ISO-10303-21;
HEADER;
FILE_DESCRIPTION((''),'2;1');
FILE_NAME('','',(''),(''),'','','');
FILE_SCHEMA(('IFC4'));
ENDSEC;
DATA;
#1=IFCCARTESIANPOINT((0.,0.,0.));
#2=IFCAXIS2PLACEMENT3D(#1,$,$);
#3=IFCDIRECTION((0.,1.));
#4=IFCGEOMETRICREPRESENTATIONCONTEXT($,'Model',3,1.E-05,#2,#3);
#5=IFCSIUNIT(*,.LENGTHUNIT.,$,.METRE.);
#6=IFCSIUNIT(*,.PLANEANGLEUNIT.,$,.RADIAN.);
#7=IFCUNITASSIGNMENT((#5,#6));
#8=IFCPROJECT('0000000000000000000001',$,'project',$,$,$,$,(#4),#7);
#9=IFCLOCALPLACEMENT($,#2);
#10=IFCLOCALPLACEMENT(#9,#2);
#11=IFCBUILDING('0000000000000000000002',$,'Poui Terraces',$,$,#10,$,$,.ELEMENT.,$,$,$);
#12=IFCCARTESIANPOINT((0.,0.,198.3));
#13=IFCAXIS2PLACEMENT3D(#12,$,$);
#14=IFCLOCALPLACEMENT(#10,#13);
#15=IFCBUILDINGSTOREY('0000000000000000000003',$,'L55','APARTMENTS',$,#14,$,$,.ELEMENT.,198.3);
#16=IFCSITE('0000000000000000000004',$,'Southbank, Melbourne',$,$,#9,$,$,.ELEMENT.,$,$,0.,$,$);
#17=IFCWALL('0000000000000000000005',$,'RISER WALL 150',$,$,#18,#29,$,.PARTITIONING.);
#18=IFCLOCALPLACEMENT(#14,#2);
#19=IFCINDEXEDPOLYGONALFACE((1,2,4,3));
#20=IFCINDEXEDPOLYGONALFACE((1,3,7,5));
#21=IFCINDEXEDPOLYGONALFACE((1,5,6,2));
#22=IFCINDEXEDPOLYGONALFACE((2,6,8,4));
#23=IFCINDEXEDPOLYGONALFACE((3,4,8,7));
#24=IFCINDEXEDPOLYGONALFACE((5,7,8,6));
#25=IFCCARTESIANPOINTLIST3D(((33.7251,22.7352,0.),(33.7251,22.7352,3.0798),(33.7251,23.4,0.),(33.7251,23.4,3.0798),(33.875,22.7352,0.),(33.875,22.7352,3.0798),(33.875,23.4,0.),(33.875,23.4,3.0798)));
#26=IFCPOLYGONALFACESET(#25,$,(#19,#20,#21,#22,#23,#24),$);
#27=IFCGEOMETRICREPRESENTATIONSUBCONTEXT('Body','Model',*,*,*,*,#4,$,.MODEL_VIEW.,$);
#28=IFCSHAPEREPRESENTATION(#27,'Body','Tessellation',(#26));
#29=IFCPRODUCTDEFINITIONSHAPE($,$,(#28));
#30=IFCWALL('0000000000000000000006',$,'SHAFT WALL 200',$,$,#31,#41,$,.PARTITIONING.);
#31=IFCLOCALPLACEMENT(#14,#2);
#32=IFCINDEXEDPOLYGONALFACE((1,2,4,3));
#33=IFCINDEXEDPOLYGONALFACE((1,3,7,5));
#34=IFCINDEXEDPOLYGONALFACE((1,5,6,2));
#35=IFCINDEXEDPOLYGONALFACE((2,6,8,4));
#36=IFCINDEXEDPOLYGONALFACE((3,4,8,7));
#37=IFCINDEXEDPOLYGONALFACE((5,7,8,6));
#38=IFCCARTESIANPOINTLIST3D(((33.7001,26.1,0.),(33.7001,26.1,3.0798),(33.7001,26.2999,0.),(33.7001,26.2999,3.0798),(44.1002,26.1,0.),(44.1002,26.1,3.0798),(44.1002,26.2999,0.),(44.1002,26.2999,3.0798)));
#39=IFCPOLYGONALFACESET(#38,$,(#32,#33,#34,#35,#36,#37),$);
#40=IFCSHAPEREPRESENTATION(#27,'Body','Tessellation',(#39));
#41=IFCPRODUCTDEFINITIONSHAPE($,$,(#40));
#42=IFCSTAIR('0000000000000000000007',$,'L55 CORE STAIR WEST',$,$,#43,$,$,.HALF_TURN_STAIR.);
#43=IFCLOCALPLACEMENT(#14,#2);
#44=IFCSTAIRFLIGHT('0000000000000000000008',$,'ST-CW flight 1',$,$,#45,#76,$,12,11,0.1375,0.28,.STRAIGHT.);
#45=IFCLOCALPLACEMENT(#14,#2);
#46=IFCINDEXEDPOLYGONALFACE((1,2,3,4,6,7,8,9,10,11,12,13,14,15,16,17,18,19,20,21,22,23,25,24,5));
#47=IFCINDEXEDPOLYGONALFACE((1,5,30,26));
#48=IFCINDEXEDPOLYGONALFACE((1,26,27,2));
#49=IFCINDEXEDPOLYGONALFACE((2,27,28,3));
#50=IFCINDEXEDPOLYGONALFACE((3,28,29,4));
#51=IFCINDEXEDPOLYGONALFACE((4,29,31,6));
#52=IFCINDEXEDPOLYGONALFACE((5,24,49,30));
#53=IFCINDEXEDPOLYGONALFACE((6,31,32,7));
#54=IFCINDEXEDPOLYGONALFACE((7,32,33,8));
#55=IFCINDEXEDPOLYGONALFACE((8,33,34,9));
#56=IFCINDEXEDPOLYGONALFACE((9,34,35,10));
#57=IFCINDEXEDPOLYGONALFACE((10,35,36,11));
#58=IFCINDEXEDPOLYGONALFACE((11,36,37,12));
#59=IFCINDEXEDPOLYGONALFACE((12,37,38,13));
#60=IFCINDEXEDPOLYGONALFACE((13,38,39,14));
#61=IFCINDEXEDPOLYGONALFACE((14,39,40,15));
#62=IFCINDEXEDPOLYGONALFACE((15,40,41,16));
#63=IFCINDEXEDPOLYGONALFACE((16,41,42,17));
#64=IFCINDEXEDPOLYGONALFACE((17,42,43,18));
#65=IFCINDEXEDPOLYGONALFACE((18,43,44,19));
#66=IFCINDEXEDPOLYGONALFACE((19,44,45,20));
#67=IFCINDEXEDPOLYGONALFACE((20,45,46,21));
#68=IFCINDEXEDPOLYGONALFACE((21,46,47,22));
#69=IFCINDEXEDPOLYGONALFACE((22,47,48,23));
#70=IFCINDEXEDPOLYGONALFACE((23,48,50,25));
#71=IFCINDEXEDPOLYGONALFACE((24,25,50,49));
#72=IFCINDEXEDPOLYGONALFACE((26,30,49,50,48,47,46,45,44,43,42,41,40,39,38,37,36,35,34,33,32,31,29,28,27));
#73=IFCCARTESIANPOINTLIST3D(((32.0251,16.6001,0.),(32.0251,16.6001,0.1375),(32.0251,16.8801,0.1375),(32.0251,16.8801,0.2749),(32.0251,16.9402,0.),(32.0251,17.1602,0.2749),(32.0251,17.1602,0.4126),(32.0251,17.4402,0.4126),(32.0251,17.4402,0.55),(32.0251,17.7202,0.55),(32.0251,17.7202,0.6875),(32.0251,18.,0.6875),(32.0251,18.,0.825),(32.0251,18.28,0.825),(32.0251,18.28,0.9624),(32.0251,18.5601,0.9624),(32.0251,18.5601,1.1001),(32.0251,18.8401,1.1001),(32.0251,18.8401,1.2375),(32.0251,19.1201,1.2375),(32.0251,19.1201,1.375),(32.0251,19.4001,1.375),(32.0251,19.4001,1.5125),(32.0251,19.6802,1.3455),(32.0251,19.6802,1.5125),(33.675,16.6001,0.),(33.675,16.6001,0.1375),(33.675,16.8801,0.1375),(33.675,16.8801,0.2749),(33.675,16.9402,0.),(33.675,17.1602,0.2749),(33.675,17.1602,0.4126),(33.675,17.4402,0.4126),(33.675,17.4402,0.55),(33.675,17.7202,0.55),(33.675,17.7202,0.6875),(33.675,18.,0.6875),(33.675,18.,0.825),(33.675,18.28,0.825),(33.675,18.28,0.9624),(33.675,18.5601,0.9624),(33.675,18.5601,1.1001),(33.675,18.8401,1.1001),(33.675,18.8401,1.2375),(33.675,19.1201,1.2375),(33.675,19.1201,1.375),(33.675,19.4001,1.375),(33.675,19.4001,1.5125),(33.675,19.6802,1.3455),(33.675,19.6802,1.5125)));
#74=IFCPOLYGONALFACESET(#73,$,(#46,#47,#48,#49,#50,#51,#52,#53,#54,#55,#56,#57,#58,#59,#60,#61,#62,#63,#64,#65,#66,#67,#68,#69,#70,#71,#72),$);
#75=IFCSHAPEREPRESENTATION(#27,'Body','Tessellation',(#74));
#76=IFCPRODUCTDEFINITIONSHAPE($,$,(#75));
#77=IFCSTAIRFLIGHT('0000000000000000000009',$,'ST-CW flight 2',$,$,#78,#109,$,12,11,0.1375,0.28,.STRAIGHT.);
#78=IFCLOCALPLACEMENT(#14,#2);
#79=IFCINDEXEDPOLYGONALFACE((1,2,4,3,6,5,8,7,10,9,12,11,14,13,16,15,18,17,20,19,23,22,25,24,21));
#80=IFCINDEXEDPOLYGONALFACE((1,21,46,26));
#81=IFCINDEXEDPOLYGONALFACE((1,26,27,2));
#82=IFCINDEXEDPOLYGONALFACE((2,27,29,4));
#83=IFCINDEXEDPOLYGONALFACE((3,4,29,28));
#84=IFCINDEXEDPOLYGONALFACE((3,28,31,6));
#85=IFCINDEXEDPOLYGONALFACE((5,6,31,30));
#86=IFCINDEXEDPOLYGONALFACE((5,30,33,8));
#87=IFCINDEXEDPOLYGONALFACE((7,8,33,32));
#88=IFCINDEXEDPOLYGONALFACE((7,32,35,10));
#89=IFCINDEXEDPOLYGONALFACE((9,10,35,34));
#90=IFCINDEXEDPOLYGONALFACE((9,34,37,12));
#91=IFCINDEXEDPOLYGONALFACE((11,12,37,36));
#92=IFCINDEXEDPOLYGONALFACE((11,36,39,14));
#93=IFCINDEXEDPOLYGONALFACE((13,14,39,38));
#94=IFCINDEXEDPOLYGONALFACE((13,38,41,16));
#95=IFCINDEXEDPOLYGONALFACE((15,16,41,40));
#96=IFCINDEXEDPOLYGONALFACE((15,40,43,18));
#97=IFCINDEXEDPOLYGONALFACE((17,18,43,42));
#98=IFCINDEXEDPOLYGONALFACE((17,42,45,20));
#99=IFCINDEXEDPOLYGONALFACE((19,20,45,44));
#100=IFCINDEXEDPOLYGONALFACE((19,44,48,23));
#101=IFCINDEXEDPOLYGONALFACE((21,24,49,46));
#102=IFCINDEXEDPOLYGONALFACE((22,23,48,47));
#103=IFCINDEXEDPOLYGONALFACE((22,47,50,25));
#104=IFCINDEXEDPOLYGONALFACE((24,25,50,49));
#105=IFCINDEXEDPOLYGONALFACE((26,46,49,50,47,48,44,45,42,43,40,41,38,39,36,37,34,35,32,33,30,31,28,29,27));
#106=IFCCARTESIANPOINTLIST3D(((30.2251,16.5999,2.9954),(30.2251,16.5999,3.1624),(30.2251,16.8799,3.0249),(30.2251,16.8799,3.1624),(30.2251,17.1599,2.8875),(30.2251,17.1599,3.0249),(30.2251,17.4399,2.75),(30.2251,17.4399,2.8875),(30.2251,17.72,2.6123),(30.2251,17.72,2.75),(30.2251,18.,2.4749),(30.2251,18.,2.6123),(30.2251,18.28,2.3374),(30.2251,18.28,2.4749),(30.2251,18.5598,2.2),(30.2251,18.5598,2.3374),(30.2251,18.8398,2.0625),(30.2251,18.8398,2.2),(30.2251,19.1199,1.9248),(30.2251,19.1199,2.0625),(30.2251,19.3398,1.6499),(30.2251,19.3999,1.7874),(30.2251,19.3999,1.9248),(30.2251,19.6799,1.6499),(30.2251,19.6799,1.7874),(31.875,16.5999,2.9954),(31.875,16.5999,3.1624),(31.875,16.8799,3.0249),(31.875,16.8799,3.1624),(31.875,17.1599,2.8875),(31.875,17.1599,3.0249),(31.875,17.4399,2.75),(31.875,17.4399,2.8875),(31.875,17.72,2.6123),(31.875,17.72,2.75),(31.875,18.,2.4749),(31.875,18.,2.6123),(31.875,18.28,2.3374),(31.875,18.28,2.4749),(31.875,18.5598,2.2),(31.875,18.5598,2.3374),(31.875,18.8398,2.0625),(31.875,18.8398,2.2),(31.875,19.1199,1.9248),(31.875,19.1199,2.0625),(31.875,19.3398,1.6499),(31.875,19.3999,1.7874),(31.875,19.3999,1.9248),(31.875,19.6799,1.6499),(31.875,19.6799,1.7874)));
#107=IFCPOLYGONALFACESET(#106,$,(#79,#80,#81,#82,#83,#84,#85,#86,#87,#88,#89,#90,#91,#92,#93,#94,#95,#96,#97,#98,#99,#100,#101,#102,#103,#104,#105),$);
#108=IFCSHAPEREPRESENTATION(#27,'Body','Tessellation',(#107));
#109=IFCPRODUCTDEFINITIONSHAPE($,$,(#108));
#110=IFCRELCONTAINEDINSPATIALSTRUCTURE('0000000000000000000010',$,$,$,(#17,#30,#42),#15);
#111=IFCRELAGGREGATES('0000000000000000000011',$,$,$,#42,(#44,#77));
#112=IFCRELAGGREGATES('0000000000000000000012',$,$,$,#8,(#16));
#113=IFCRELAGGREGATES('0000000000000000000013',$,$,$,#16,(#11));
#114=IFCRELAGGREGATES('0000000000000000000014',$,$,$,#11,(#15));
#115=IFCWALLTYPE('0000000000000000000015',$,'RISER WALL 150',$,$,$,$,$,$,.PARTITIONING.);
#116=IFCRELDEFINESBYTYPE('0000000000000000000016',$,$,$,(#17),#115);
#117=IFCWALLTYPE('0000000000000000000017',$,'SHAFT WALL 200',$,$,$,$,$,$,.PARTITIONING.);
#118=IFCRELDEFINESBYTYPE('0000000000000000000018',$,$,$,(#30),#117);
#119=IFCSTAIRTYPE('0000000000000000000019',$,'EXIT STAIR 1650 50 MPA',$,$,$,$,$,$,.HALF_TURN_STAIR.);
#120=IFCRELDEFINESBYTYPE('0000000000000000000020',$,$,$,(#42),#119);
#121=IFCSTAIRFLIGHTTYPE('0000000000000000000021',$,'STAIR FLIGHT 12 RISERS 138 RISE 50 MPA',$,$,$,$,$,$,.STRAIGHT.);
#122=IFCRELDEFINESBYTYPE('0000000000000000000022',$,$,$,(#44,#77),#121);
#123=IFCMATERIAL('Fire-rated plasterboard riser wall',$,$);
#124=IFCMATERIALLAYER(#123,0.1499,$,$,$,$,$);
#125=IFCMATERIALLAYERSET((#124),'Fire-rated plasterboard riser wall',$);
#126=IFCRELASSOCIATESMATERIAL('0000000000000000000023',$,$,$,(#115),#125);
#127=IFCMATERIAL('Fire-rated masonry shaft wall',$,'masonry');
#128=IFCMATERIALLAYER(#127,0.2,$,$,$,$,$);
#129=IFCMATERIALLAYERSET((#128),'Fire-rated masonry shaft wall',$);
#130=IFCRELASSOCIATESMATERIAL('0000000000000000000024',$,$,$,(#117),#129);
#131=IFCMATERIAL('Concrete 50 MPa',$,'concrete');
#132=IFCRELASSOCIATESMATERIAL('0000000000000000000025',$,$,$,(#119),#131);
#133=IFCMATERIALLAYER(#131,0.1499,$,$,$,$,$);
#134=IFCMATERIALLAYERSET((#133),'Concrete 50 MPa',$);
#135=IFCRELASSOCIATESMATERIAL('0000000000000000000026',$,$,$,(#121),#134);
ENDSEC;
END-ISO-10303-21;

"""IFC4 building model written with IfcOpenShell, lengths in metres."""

from ifc_helpers import new_model, si_unit, direction, frame, frame_2d, origin, place, context, subcontext, project, spatial, polyline, rectangle, outline, extrude, material, layer, layer_set, type_object, element, aggregate, save


model = new_model("IFC4")

# Units and contexts
model_context = context("Model", 3, precision=1e-05, world=origin(), true_north=direction((0.0, 1.0)))
body_context = subcontext(model_context, "Body", "Model", "MODEL_VIEW")
ifc_project = project(units=[si_unit("LENGTHUNIT", "METRE"), si_unit("PLANEANGLEUNIT", "RADIAN")], contexts=[model_context])

# Site, building, storey
site_placement = place(None, origin())
site = spatial("IfcSite", under=ifc_project, at=site_placement, Name="Southbank, Melbourne", CompositionType="ELEMENT", RefElevation=0.0)
building_placement = place(site_placement, origin())
building = spatial("IfcBuilding", under=site, at=building_placement, Name="Poui Terraces", CompositionType="ELEMENT")
storey_placement = place(building_placement, frame((0.0, 0.0, 198.3)))
storey = spatial("IfcBuildingStorey", under=building, at=storey_placement, Name="L55", Description="APARTMENTS", CompositionType="ELEMENT", Elevation=198.3)

# Walls
ifc_material_1 = material(Name="Fire-rated plasterboard riser wall")
ifc_layer_1 = layer(ifc_material_1, 0.1499)
ifc_layer_set_1 = layer_set([ifc_layer_1], Name="Fire-rated plasterboard riser wall")
wall_type_1 = type_object("IfcWallType", Name="RISER WALL 150", PredefinedType="PARTITIONING", material=ifc_layer_set_1)
wall_1_placement = place(storey_placement, frame((33.8, 22.7351, 0.0), z_axis=(0.0, 0.0, 1.0), x_axis=(0.0, 1.0, 0.0)))
element("IfcWall", 1, at=wall_1_placement, inside=storey, type_object=wall_type_1, Name="RISER WALL 150", PredefinedType="PARTITIONING", context=body_context, shape_type="SweptSolid", body=[
    extrude(rectangle(XDim=0.6648, YDim=0.1499, at=frame_2d((0.3325, 0.0))), origin(), (0.0, 0.0, 1.0), 3.0798),
])
ifc_material_2 = material(Name="Fire-rated masonry shaft wall", Category="masonry")
ifc_layer_2 = layer(ifc_material_2, 0.2)
ifc_layer_set_2 = layer_set([ifc_layer_2], Name="Fire-rated masonry shaft wall")
wall_type_2 = type_object("IfcWallType", Name="SHAFT WALL 200", PredefinedType="PARTITIONING", material=ifc_layer_set_2)
wall_2_placement = place(storey_placement, frame((33.7, 26.2, 0.0), z_axis=(0.0, 0.0, 1.0), x_axis=(1.0, 0.0, 0.0)))
element("IfcWall", 2, at=wall_2_placement, inside=storey, type_object=wall_type_2, Name="SHAFT WALL 200", PredefinedType="PARTITIONING", context=body_context, shape_type="SweptSolid", body=[
    extrude(rectangle(XDim=10.4001, YDim=0.2, at=frame_2d((5.2002, 0.0))), origin(), (0.0, 0.0, 1.0), 3.0798),
])

# Stair, stair flights
ifc_material_3 = material(Name="Concrete 50 MPa", Category="concrete")
stair_type = type_object("IfcStairType", Name="EXIT STAIR 1650 50 MPA", PredefinedType="HALF_TURN_STAIR", material=ifc_material_3)
stair_placement = place(storey_placement, origin())
stair = element("IfcStair", 3, at=stair_placement, inside=storey, type_object=stair_type, Name="L55 CORE STAIR WEST", PredefinedType="HALF_TURN_STAIR")
ifc_layer_3 = layer(ifc_material_3, 0.1499)
ifc_layer_set_3 = layer_set([ifc_layer_3], Name="Concrete 50 MPa")
stair_flight_type = type_object("IfcStairFlightType", Name="STAIR FLIGHT 12 RISERS 138 RISE 50 MPA", PredefinedType="STRAIGHT", material=ifc_layer_set_3)
stair_flight_1_placement = place(storey_placement, frame((32.8501, 16.6001, 0.0), z_axis=(0.0, 0.0, 1.0), x_axis=(0.0, 1.0, 0.0)))
stair_flight_1 = element("IfcStairFlight", 4, at=stair_flight_1_placement, type_object=stair_flight_type, Name="ST-CW flight 1", NumberOfRisers=12, NumberOfTreads=11, PredefinedType="STRAIGHT", RiserHeight=0.1375, TreadLength=0.28, context=body_context, shape_type="SweptSolid", body=[
    extrude(outline(polyline([(0.0, 0.0), (0.0, 0.1375), (0.28, 0.1375), (0.28, 0.2749), (0.5601, 0.2749), (0.5601, 0.4126), (0.8401, 0.4126), (0.8401, 0.55), (1.1201, 0.55), (1.1201, 0.6875), (1.3999, 0.6875), (1.3999, 0.825), (1.6799, 0.825), (1.6799, 0.9624), (1.96, 0.9624), (1.96, 1.1001), (2.24, 1.1001), (2.24, 1.2375), (2.52, 1.2375), (2.52, 1.375), (2.8, 1.375), (2.8, 1.5125), (3.0801, 1.5125), (3.0801, 1.6499), (3.0801, 1.3455), (0.3401, 0.0), (0.0, 0.0)])), frame((0.0, 0.825, 0.0), z_axis=(0.0, -1.0, 0.0), x_axis=(1.0, 0.0, 0.0)), (0.0, 0.0, 1.0), 1.6499),
])
stair_flight_2_placement = place(storey_placement, frame((31.05, 19.6799, 1.6499), z_axis=(0.0, 0.0, 1.0), x_axis=(0.0, -1.0, 0.0)))
stair_flight_2 = element("IfcStairFlight", 5, at=stair_flight_2_placement, type_object=stair_flight_type, Name="ST-CW flight 2", NumberOfRisers=12, NumberOfTreads=11, PredefinedType="STRAIGHT", RiserHeight=0.1375, TreadLength=0.28, context=body_context, shape_type="SweptSolid", body=[
    extrude(outline(polyline([(0.0, 0.0), (0.0, 0.1375), (0.28, 0.1375), (0.28, 0.2749), (0.5601, 0.2749), (0.5601, 0.4126), (0.8401, 0.4126), (0.8401, 0.55), (1.1201, 0.55), (1.1201, 0.6875), (1.3999, 0.6875), (1.3999, 0.825), (1.6799, 0.825), (1.6799, 0.9624), (1.96, 0.9624), (1.96, 1.1001), (2.24, 1.1001), (2.24, 1.2375), (2.52, 1.2375), (2.52, 1.375), (2.8, 1.375), (2.8, 1.5125), (3.0801, 1.5125), (3.0801, 1.6499), (3.0801, 1.3455), (0.3401, 0.0), (0.0, 0.0)])), frame((0.0, 0.825, 0.0), z_axis=(0.0, -1.0, 0.0), x_axis=(1.0, 0.0, 0.0)), (0.0, 0.0, 1.0), 1.6499),
])
aggregate(stair, [stair_flight_1, stair_flight_2])

save(model, "model.ifc")
